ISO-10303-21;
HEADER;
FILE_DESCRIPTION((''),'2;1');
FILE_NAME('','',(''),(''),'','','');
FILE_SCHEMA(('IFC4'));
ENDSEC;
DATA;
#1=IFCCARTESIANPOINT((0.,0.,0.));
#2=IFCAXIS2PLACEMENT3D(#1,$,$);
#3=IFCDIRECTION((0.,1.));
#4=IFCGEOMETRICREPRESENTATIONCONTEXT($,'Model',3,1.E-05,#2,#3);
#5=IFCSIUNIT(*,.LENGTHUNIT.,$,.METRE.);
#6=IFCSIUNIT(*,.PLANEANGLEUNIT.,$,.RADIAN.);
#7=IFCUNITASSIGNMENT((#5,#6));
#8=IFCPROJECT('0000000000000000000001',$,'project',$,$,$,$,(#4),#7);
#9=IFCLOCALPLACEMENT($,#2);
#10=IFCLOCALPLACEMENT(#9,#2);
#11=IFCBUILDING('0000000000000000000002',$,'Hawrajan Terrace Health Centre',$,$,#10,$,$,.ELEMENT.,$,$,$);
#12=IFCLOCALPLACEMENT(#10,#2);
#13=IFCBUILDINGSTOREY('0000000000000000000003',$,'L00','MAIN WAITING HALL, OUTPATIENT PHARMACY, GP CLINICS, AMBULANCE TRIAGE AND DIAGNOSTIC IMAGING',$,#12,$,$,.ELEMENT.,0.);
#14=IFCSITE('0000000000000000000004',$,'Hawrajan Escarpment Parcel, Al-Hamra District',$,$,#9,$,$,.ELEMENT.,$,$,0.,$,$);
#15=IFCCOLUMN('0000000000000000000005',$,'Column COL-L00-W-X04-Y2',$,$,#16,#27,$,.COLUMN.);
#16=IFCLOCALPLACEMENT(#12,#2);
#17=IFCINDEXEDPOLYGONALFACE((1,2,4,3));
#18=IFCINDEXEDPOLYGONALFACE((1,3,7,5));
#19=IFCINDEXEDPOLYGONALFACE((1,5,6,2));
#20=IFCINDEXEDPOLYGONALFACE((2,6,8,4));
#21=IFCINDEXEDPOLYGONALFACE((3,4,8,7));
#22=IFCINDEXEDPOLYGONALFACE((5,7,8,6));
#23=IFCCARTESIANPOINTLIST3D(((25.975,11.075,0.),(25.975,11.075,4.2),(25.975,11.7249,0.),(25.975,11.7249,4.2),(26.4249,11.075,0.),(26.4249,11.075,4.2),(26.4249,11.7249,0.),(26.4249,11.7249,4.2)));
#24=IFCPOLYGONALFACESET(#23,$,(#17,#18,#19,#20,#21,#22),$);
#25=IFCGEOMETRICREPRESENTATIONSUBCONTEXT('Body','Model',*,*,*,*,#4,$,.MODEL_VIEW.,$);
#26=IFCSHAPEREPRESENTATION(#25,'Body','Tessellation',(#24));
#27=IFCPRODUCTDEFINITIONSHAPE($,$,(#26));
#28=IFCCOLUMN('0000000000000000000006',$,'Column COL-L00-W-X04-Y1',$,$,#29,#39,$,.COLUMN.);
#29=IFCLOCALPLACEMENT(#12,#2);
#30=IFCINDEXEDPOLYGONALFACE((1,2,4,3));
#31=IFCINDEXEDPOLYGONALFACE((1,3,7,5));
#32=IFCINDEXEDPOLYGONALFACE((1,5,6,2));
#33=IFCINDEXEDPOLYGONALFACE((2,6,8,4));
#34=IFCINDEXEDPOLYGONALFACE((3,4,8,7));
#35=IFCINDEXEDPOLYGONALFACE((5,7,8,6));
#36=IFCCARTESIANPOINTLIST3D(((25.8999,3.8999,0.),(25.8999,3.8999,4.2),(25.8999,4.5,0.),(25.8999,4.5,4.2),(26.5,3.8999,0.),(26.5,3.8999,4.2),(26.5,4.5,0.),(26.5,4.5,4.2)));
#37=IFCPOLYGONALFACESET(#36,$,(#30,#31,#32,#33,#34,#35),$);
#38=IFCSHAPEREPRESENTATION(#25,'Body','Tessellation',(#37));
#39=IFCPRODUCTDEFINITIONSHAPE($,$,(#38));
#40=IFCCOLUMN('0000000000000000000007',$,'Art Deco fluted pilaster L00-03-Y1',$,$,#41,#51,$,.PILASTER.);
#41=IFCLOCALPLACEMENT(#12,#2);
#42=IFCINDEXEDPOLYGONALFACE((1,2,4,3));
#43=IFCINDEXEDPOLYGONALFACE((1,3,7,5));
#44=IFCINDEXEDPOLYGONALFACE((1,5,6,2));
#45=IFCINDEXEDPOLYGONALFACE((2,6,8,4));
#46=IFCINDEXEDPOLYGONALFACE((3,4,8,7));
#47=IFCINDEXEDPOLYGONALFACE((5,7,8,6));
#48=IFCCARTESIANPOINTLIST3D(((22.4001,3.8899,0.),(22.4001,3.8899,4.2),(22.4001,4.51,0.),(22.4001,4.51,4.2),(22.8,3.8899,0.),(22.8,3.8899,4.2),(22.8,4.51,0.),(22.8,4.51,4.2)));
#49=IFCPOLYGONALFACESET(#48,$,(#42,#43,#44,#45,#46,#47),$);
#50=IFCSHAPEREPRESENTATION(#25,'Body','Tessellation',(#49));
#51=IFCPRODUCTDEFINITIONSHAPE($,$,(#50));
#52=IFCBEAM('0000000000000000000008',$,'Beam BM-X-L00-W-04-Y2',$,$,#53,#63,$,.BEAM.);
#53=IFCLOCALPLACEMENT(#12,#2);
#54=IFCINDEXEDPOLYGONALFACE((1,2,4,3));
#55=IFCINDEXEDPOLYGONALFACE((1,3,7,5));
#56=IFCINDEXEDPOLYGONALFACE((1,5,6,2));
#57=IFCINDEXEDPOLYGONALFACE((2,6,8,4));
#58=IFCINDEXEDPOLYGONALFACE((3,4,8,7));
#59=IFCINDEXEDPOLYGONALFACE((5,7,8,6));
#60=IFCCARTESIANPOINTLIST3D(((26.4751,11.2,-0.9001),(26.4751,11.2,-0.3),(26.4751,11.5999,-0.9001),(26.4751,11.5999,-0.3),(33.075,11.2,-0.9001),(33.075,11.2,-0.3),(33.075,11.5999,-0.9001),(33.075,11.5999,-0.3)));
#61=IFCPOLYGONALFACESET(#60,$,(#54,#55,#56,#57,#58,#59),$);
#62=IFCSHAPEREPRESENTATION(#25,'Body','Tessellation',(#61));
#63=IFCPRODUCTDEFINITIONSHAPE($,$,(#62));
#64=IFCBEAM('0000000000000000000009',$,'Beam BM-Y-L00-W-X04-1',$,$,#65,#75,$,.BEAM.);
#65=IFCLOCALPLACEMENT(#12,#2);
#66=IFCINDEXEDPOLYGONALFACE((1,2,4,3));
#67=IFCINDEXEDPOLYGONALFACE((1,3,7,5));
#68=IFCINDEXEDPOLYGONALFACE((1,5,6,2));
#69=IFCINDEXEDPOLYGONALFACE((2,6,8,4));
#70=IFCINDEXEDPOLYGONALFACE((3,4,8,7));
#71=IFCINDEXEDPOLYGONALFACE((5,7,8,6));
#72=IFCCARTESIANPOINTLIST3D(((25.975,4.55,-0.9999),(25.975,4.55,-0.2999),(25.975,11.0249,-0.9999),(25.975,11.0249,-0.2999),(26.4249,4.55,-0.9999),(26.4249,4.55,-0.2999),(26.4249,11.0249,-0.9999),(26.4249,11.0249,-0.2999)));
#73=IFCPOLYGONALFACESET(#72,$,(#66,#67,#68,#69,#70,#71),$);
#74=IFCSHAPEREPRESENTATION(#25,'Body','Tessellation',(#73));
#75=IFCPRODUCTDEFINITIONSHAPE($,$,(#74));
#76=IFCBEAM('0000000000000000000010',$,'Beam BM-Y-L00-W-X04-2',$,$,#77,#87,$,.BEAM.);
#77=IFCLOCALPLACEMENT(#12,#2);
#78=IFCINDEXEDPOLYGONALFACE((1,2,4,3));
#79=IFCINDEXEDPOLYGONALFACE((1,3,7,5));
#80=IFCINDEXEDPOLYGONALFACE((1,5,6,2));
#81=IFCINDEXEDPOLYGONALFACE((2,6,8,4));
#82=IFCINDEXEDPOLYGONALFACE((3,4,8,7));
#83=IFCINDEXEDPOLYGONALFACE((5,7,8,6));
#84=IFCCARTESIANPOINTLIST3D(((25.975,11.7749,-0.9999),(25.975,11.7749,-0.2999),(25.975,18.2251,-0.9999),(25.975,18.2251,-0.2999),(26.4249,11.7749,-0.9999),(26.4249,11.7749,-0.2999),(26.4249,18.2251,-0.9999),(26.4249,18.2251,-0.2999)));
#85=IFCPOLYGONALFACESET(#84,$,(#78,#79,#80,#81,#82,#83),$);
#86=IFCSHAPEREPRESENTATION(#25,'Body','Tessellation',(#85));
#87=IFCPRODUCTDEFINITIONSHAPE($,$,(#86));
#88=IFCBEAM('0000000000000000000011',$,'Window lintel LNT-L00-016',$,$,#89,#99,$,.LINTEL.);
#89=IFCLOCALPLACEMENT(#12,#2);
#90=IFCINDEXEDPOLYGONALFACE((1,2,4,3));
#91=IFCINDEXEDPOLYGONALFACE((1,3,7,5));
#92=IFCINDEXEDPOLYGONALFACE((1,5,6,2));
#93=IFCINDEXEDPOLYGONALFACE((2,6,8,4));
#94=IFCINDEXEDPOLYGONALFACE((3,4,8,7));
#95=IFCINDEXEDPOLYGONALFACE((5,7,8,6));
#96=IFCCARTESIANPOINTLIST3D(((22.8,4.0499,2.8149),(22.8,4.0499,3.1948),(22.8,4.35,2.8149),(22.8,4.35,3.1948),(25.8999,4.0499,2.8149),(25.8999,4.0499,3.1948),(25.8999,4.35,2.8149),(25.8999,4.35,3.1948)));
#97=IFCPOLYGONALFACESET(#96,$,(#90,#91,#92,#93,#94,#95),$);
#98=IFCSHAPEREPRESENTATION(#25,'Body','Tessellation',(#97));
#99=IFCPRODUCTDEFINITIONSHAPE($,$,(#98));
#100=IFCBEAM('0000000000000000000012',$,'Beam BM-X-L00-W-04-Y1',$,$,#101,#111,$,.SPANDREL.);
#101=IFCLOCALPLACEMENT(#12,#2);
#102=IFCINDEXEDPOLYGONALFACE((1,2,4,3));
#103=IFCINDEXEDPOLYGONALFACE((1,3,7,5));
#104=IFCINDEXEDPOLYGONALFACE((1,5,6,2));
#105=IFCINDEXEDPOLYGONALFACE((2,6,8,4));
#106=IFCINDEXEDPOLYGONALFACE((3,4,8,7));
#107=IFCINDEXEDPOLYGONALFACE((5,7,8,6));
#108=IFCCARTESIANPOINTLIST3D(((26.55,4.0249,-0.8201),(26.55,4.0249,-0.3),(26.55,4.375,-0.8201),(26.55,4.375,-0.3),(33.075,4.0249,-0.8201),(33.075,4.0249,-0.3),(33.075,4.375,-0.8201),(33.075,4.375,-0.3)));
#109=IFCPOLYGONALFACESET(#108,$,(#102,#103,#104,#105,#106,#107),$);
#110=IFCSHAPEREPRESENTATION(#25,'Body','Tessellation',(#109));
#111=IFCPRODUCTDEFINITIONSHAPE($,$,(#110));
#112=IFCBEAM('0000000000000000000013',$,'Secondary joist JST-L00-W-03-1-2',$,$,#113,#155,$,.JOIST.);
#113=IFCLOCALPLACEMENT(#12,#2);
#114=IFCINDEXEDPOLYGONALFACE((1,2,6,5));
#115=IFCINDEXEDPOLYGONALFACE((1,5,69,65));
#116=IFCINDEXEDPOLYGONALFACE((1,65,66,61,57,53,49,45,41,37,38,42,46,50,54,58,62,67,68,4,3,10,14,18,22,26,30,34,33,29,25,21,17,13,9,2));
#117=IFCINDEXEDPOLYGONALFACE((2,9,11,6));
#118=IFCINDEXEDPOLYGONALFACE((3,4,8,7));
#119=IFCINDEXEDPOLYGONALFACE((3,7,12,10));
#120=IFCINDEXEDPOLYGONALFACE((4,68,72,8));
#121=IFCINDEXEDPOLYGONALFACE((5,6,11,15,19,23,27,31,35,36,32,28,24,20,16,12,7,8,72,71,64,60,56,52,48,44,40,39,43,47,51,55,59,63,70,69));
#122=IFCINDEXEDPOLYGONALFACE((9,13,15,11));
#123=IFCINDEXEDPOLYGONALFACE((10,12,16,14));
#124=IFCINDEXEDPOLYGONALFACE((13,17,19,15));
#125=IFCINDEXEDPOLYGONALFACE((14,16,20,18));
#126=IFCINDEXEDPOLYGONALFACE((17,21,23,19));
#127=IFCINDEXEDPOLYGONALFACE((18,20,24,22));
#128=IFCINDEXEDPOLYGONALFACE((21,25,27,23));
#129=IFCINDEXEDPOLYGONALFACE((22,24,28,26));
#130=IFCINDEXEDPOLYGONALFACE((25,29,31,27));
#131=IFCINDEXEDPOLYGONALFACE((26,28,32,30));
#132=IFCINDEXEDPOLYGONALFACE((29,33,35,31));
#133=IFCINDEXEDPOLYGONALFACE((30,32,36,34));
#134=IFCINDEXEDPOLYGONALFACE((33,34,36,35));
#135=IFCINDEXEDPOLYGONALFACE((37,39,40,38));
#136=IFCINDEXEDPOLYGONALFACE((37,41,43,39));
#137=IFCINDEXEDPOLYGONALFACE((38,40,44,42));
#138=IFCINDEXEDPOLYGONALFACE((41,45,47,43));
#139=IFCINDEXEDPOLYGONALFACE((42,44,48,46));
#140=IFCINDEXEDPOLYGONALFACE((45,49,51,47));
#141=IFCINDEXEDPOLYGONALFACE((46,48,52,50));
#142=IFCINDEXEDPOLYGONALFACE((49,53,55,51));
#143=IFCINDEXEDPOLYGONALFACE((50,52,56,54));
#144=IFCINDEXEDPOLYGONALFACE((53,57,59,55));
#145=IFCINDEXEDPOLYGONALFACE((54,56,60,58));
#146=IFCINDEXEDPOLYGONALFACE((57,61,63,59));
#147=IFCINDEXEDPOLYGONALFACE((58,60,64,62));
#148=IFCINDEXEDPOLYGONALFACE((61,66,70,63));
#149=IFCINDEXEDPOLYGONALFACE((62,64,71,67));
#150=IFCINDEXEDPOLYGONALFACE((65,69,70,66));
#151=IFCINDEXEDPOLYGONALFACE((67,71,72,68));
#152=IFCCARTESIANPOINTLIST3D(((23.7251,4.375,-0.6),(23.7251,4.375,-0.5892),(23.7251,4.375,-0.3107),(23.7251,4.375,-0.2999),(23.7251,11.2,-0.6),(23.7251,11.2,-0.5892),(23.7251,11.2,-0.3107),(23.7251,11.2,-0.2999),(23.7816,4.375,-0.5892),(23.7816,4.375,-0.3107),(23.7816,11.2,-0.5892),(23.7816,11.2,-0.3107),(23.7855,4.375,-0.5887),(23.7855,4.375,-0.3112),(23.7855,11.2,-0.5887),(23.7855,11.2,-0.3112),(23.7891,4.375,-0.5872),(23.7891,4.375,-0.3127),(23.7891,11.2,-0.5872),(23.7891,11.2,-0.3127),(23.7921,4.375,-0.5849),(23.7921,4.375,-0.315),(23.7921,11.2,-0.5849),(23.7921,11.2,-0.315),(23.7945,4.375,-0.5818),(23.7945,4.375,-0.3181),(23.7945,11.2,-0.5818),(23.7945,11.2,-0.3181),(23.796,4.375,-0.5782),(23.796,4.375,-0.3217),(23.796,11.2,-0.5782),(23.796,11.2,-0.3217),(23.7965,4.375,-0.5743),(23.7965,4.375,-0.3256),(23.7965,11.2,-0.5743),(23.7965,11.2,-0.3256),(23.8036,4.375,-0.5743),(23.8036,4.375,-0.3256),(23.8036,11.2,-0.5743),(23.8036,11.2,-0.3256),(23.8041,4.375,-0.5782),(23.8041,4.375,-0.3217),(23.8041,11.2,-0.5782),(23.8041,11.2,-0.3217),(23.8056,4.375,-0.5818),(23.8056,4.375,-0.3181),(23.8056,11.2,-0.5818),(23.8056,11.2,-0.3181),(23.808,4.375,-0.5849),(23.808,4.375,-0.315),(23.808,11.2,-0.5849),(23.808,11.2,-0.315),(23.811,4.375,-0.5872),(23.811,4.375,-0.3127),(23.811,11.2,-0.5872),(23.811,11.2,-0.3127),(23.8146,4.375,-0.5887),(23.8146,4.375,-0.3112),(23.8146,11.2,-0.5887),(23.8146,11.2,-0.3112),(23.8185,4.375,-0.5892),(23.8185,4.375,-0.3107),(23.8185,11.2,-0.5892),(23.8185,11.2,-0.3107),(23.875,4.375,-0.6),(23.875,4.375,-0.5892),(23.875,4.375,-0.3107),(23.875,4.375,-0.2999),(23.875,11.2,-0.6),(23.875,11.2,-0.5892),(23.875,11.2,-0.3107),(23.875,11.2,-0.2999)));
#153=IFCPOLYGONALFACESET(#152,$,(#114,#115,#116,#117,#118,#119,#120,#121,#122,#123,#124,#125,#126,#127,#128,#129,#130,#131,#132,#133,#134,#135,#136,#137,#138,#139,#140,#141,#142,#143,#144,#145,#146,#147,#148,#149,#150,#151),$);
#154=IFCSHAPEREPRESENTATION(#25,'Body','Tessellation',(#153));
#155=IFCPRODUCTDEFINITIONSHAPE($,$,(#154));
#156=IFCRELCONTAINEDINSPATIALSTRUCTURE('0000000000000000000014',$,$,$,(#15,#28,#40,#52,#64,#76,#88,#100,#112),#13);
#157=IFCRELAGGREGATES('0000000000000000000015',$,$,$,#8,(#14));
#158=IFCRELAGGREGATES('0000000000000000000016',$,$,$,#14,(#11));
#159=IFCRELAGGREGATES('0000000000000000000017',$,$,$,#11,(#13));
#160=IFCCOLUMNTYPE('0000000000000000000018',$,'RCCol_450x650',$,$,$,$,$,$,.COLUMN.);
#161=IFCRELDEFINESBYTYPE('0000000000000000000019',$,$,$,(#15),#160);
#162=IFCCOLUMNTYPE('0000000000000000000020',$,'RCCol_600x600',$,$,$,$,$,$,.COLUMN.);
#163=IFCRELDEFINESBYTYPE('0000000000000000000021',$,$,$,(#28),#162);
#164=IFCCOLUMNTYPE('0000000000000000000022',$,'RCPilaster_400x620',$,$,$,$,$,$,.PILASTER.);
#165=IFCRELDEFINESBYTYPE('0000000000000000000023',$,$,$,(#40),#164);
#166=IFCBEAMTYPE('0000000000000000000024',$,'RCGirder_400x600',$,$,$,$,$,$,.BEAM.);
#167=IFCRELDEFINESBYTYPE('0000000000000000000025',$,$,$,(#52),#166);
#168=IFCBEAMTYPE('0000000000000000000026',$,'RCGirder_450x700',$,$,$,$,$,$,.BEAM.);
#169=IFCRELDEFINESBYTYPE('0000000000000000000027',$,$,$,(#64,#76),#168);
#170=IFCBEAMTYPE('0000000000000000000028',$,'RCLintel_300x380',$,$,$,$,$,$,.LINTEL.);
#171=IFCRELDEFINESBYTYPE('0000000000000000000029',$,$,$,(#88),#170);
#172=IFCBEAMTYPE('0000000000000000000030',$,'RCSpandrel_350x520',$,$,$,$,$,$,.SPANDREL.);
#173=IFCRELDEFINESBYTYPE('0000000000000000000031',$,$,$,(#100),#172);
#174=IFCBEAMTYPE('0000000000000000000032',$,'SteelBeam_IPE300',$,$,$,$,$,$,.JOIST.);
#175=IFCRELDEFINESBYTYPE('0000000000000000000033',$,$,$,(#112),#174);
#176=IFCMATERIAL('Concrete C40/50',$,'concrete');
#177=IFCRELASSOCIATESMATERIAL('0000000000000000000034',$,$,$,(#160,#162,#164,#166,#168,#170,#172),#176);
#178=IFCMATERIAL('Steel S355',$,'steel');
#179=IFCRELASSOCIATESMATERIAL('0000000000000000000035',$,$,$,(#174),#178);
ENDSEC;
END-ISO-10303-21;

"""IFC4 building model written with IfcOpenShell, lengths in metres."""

from ifc_helpers import new_model, si_unit, direction, frame, origin, origin_2d, place, context, subcontext, project, spatial, rectangle, i_section, extrude, material, material_profile, profile_set, type_object, element, save


model = new_model("IFC4")

# Units and contexts
model_context = context("Model", 3, precision=1e-05, world=origin(), true_north=direction((0.0, 1.0)))
body_context = subcontext(model_context, "Body", "Model", "MODEL_VIEW")
ifc_project = project(units=[si_unit("LENGTHUNIT", "METRE"), si_unit("PLANEANGLEUNIT", "RADIAN")], contexts=[model_context])

# Site, building, storey
site_placement = place(None, origin())
site = spatial("IfcSite", under=ifc_project, at=site_placement, Name="Hawrajan Escarpment Parcel, Al-Hamra District", CompositionType="ELEMENT", RefElevation=0.0)
building_placement = place(site_placement, origin())
building = spatial("IfcBuilding", under=site, at=building_placement, Name="Hawrajan Terrace Health Centre", CompositionType="ELEMENT")
storey_placement = place(building_placement, origin())
storey = spatial("IfcBuildingStorey", under=building, at=storey_placement, Name="L00", Description="MAIN WAITING HALL, OUTPATIENT PHARMACY, GP CLINICS, AMBULANCE TRIAGE AND DIAGNOSTIC IMAGING", CompositionType="ELEMENT", Elevation=0.0)

# Columns
ifc_material_1 = material(Name="Concrete C40/50", Category="concrete")
ifc_material_profile_1 = material_profile(ifc_material_1, rectangle(XDim=0.45, YDim=0.6499, at=origin_2d()), Name="RC 450x650")
ifc_profile_set_1 = profile_set([ifc_material_profile_1], Name="Concrete C40/50")
column_type_1 = type_object("IfcColumnType", Name="RCCol_450x650", PredefinedType="COLUMN", material=ifc_profile_set_1)
column_1_placement = place(storey_placement, frame((26.2, 11.3999, 0.0), z_axis=(0.0, 0.0, 1.0), x_axis=(1.0, 0.0, 0.0)))
element("IfcColumn", 1, at=column_1_placement, inside=storey, type_object=column_type_1, Name="Column COL-L00-W-X04-Y2", PredefinedType="COLUMN", context=body_context, shape_type="SweptSolid", body=[
    extrude(rectangle(XDim=0.45, YDim=0.6499, at=origin_2d()), origin(), (0.0, 0.0, 1.0), 4.2),
])
ifc_material_profile_2 = material_profile(ifc_material_1, rectangle(XDim=0.6001, YDim=0.6001, at=origin_2d()), Name="RC 600x600")
ifc_profile_set_2 = profile_set([ifc_material_profile_2], Name="Concrete C40/50")
column_type_2 = type_object("IfcColumnType", Name="RCCol_600x600", PredefinedType="COLUMN", material=ifc_profile_set_2)
column_2_placement = place(storey_placement, frame((26.2, 4.2, 0.0), z_axis=(0.0, 0.0, 1.0), x_axis=(1.0, 0.0, 0.0)))
element("IfcColumn", 2, at=column_2_placement, inside=storey, type_object=column_type_2, Name="Column COL-L00-W-X04-Y1", PredefinedType="COLUMN", context=body_context, shape_type="SweptSolid", body=[
    extrude(rectangle(XDim=0.6001, YDim=0.6001, at=origin_2d()), origin(), (0.0, 0.0, 1.0), 4.2),
])
ifc_material_profile_3 = material_profile(ifc_material_1, rectangle(XDim=0.3999, YDim=0.6201, at=origin_2d()), Name="RC PIL 400x620")
ifc_profile_set_3 = profile_set([ifc_material_profile_3], Name="Concrete C40/50")
column_type_3 = type_object("IfcColumnType", Name="RCPilaster_400x620", PredefinedType="PILASTER", material=ifc_profile_set_3)
column_3_placement = place(storey_placement, frame((22.6001, 4.2, 0.0), z_axis=(0.0, 0.0, 1.0), x_axis=(1.0, 0.0, 0.0)))
element("IfcColumn", 3, at=column_3_placement, inside=storey, type_object=column_type_3, Name="Art Deco fluted pilaster L00-03-Y1", PredefinedType="PILASTER", context=body_context, shape_type="SweptSolid", body=[
    extrude(rectangle(XDim=0.3999, YDim=0.6201, at=origin_2d()), origin(), (0.0, 0.0, 1.0), 4.2),
])

# Beams
ifc_material_profile_4 = material_profile(ifc_material_1, rectangle(XDim=0.3999, YDim=0.6001, at=origin_2d()), Name="RC BM 400x600")
ifc_profile_set_4 = profile_set([ifc_material_profile_4], Name="Concrete C40/50")
beam_type_1 = type_object("IfcBeamType", Name="RCGirder_400x600", PredefinedType="BEAM", material=ifc_profile_set_4)
beam_1_placement = place(storey_placement, frame((26.4751, 11.3999, -0.6001), z_axis=(1.0, 0.0, 0.0), x_axis=(0.0, 1.0, 0.0)))
element("IfcBeam", 4, at=beam_1_placement, inside=storey, type_object=beam_type_1, Name="Beam BM-X-L00-W-04-Y2", PredefinedType="BEAM", context=body_context, shape_type="SweptSolid", body=[
    extrude(rectangle(XDim=0.3999, YDim=0.6001, at=origin_2d()), origin(), (0.0, 0.0, 1.0), 6.5999),
])
ifc_material_profile_5 = material_profile(ifc_material_1, rectangle(XDim=0.45, YDim=0.7, at=origin_2d()), Name="RC BM 450x700")
ifc_profile_set_5 = profile_set([ifc_material_profile_5], Name="Concrete C40/50")
beam_type_2 = type_object("IfcBeamType", Name="RCGirder_450x700", PredefinedType="BEAM", material=ifc_profile_set_5)
beam_2_placement = place(storey_placement, frame((26.2, 4.55, -0.6499), z_axis=(0.0, 1.0, 0.0), x_axis=(-1.0, 0.0, 0.0)))
element("IfcBeam", 5, at=beam_2_placement, inside=storey, type_object=beam_type_2, Name="Beam BM-Y-L00-W-X04-1", PredefinedType="BEAM", context=body_context, shape_type="SweptSolid", body=[
    extrude(rectangle(XDim=0.45, YDim=0.7, at=origin_2d()), origin(), (0.0, 0.0, 1.0), 6.4749),
])
beam_3_placement = place(storey_placement, frame((26.2, 11.7749, -0.6499), z_axis=(0.0, 1.0, 0.0), x_axis=(-1.0, 0.0, 0.0)))
element("IfcBeam", 6, at=beam_3_placement, inside=storey, type_object=beam_type_2, Name="Beam BM-Y-L00-W-X04-2", PredefinedType="BEAM", context=body_context, shape_type="SweptSolid", body=[
    extrude(rectangle(XDim=0.45, YDim=0.7, at=origin_2d()), origin(), (0.0, 0.0, 1.0), 6.4502),
])
ifc_material_profile_6 = material_profile(ifc_material_1, rectangle(XDim=0.3, YDim=0.3799, at=origin_2d()), Name="RC LN 300x380")
ifc_profile_set_6 = profile_set([ifc_material_profile_6], Name="Concrete C40/50")
beam_type_3 = type_object("IfcBeamType", Name="RCLintel_300x380", PredefinedType="LINTEL", material=ifc_profile_set_6)
beam_4_placement = place(storey_placement, frame((22.8, 4.2, 3.0049), z_axis=(1.0, 0.0, 0.0), x_axis=(0.0, 1.0, 0.0)))
element("IfcBeam", 7, at=beam_4_placement, inside=storey, type_object=beam_type_3, Name="Window lintel LNT-L00-016", PredefinedType="LINTEL", context=body_context, shape_type="SweptSolid", body=[
    extrude(rectangle(XDim=0.3, YDim=0.3799, at=origin_2d()), origin(), (0.0, 0.0, 1.0), 3.0999),
])
ifc_material_profile_7 = material_profile(ifc_material_1, rectangle(XDim=0.3501, YDim=0.52, at=origin_2d()), Name="RC SP 350x520")
ifc_profile_set_7 = profile_set([ifc_material_profile_7], Name="Concrete C40/50")
beam_type_4 = type_object("IfcBeamType", Name="RCSpandrel_350x520", PredefinedType="SPANDREL", material=ifc_profile_set_7)
beam_5_placement = place(storey_placement, frame((26.55, 4.2, -0.5601), z_axis=(1.0, 0.0, 0.0), x_axis=(0.0, 1.0, 0.0)))
element("IfcBeam", 8, at=beam_5_placement, inside=storey, type_object=beam_type_4, Name="Beam BM-X-L00-W-04-Y1", PredefinedType="SPANDREL", context=body_context, shape_type="SweptSolid", body=[
    extrude(rectangle(XDim=0.3501, YDim=0.52, at=origin_2d()), origin(), (0.0, 0.0, 1.0), 6.5249),
])
ifc_material_2 = material(Name="Steel S355", Category="steel")
ifc_material_profile_8 = material_profile(ifc_material_2, i_section(OverallWidth=0.1499, OverallDepth=0.3, WebThickness=0.0071, FlangeThickness=0.0107, FilletRadius=0.0149, at=origin_2d()), Name="IPE 300")
ifc_profile_set_8 = profile_set([ifc_material_profile_8], Name="Steel S355")
beam_type_5 = type_object("IfcBeamType", Name="SteelBeam_IPE300", PredefinedType="JOIST", material=ifc_profile_set_8)
beam_6_placement = place(storey_placement, frame((23.8, 4.375, -0.45), z_axis=(0.0, 1.0, 0.0), x_axis=(-1.0, 0.0, 0.0)))
element("IfcBeam", 9, at=beam_6_placement, inside=storey, type_object=beam_type_5, Name="Secondary joist JST-L00-W-03-1-2", PredefinedType="JOIST", context=body_context, shape_type="SweptSolid", body=[
    extrude(i_section(OverallWidth=0.1499, OverallDepth=0.3, WebThickness=0.0071, FlangeThickness=0.0107, FilletRadius=0.0149, at=origin_2d()), origin(), (0.0, 0.0, 1.0), 6.825),
])

save(model, "model.ifc")
